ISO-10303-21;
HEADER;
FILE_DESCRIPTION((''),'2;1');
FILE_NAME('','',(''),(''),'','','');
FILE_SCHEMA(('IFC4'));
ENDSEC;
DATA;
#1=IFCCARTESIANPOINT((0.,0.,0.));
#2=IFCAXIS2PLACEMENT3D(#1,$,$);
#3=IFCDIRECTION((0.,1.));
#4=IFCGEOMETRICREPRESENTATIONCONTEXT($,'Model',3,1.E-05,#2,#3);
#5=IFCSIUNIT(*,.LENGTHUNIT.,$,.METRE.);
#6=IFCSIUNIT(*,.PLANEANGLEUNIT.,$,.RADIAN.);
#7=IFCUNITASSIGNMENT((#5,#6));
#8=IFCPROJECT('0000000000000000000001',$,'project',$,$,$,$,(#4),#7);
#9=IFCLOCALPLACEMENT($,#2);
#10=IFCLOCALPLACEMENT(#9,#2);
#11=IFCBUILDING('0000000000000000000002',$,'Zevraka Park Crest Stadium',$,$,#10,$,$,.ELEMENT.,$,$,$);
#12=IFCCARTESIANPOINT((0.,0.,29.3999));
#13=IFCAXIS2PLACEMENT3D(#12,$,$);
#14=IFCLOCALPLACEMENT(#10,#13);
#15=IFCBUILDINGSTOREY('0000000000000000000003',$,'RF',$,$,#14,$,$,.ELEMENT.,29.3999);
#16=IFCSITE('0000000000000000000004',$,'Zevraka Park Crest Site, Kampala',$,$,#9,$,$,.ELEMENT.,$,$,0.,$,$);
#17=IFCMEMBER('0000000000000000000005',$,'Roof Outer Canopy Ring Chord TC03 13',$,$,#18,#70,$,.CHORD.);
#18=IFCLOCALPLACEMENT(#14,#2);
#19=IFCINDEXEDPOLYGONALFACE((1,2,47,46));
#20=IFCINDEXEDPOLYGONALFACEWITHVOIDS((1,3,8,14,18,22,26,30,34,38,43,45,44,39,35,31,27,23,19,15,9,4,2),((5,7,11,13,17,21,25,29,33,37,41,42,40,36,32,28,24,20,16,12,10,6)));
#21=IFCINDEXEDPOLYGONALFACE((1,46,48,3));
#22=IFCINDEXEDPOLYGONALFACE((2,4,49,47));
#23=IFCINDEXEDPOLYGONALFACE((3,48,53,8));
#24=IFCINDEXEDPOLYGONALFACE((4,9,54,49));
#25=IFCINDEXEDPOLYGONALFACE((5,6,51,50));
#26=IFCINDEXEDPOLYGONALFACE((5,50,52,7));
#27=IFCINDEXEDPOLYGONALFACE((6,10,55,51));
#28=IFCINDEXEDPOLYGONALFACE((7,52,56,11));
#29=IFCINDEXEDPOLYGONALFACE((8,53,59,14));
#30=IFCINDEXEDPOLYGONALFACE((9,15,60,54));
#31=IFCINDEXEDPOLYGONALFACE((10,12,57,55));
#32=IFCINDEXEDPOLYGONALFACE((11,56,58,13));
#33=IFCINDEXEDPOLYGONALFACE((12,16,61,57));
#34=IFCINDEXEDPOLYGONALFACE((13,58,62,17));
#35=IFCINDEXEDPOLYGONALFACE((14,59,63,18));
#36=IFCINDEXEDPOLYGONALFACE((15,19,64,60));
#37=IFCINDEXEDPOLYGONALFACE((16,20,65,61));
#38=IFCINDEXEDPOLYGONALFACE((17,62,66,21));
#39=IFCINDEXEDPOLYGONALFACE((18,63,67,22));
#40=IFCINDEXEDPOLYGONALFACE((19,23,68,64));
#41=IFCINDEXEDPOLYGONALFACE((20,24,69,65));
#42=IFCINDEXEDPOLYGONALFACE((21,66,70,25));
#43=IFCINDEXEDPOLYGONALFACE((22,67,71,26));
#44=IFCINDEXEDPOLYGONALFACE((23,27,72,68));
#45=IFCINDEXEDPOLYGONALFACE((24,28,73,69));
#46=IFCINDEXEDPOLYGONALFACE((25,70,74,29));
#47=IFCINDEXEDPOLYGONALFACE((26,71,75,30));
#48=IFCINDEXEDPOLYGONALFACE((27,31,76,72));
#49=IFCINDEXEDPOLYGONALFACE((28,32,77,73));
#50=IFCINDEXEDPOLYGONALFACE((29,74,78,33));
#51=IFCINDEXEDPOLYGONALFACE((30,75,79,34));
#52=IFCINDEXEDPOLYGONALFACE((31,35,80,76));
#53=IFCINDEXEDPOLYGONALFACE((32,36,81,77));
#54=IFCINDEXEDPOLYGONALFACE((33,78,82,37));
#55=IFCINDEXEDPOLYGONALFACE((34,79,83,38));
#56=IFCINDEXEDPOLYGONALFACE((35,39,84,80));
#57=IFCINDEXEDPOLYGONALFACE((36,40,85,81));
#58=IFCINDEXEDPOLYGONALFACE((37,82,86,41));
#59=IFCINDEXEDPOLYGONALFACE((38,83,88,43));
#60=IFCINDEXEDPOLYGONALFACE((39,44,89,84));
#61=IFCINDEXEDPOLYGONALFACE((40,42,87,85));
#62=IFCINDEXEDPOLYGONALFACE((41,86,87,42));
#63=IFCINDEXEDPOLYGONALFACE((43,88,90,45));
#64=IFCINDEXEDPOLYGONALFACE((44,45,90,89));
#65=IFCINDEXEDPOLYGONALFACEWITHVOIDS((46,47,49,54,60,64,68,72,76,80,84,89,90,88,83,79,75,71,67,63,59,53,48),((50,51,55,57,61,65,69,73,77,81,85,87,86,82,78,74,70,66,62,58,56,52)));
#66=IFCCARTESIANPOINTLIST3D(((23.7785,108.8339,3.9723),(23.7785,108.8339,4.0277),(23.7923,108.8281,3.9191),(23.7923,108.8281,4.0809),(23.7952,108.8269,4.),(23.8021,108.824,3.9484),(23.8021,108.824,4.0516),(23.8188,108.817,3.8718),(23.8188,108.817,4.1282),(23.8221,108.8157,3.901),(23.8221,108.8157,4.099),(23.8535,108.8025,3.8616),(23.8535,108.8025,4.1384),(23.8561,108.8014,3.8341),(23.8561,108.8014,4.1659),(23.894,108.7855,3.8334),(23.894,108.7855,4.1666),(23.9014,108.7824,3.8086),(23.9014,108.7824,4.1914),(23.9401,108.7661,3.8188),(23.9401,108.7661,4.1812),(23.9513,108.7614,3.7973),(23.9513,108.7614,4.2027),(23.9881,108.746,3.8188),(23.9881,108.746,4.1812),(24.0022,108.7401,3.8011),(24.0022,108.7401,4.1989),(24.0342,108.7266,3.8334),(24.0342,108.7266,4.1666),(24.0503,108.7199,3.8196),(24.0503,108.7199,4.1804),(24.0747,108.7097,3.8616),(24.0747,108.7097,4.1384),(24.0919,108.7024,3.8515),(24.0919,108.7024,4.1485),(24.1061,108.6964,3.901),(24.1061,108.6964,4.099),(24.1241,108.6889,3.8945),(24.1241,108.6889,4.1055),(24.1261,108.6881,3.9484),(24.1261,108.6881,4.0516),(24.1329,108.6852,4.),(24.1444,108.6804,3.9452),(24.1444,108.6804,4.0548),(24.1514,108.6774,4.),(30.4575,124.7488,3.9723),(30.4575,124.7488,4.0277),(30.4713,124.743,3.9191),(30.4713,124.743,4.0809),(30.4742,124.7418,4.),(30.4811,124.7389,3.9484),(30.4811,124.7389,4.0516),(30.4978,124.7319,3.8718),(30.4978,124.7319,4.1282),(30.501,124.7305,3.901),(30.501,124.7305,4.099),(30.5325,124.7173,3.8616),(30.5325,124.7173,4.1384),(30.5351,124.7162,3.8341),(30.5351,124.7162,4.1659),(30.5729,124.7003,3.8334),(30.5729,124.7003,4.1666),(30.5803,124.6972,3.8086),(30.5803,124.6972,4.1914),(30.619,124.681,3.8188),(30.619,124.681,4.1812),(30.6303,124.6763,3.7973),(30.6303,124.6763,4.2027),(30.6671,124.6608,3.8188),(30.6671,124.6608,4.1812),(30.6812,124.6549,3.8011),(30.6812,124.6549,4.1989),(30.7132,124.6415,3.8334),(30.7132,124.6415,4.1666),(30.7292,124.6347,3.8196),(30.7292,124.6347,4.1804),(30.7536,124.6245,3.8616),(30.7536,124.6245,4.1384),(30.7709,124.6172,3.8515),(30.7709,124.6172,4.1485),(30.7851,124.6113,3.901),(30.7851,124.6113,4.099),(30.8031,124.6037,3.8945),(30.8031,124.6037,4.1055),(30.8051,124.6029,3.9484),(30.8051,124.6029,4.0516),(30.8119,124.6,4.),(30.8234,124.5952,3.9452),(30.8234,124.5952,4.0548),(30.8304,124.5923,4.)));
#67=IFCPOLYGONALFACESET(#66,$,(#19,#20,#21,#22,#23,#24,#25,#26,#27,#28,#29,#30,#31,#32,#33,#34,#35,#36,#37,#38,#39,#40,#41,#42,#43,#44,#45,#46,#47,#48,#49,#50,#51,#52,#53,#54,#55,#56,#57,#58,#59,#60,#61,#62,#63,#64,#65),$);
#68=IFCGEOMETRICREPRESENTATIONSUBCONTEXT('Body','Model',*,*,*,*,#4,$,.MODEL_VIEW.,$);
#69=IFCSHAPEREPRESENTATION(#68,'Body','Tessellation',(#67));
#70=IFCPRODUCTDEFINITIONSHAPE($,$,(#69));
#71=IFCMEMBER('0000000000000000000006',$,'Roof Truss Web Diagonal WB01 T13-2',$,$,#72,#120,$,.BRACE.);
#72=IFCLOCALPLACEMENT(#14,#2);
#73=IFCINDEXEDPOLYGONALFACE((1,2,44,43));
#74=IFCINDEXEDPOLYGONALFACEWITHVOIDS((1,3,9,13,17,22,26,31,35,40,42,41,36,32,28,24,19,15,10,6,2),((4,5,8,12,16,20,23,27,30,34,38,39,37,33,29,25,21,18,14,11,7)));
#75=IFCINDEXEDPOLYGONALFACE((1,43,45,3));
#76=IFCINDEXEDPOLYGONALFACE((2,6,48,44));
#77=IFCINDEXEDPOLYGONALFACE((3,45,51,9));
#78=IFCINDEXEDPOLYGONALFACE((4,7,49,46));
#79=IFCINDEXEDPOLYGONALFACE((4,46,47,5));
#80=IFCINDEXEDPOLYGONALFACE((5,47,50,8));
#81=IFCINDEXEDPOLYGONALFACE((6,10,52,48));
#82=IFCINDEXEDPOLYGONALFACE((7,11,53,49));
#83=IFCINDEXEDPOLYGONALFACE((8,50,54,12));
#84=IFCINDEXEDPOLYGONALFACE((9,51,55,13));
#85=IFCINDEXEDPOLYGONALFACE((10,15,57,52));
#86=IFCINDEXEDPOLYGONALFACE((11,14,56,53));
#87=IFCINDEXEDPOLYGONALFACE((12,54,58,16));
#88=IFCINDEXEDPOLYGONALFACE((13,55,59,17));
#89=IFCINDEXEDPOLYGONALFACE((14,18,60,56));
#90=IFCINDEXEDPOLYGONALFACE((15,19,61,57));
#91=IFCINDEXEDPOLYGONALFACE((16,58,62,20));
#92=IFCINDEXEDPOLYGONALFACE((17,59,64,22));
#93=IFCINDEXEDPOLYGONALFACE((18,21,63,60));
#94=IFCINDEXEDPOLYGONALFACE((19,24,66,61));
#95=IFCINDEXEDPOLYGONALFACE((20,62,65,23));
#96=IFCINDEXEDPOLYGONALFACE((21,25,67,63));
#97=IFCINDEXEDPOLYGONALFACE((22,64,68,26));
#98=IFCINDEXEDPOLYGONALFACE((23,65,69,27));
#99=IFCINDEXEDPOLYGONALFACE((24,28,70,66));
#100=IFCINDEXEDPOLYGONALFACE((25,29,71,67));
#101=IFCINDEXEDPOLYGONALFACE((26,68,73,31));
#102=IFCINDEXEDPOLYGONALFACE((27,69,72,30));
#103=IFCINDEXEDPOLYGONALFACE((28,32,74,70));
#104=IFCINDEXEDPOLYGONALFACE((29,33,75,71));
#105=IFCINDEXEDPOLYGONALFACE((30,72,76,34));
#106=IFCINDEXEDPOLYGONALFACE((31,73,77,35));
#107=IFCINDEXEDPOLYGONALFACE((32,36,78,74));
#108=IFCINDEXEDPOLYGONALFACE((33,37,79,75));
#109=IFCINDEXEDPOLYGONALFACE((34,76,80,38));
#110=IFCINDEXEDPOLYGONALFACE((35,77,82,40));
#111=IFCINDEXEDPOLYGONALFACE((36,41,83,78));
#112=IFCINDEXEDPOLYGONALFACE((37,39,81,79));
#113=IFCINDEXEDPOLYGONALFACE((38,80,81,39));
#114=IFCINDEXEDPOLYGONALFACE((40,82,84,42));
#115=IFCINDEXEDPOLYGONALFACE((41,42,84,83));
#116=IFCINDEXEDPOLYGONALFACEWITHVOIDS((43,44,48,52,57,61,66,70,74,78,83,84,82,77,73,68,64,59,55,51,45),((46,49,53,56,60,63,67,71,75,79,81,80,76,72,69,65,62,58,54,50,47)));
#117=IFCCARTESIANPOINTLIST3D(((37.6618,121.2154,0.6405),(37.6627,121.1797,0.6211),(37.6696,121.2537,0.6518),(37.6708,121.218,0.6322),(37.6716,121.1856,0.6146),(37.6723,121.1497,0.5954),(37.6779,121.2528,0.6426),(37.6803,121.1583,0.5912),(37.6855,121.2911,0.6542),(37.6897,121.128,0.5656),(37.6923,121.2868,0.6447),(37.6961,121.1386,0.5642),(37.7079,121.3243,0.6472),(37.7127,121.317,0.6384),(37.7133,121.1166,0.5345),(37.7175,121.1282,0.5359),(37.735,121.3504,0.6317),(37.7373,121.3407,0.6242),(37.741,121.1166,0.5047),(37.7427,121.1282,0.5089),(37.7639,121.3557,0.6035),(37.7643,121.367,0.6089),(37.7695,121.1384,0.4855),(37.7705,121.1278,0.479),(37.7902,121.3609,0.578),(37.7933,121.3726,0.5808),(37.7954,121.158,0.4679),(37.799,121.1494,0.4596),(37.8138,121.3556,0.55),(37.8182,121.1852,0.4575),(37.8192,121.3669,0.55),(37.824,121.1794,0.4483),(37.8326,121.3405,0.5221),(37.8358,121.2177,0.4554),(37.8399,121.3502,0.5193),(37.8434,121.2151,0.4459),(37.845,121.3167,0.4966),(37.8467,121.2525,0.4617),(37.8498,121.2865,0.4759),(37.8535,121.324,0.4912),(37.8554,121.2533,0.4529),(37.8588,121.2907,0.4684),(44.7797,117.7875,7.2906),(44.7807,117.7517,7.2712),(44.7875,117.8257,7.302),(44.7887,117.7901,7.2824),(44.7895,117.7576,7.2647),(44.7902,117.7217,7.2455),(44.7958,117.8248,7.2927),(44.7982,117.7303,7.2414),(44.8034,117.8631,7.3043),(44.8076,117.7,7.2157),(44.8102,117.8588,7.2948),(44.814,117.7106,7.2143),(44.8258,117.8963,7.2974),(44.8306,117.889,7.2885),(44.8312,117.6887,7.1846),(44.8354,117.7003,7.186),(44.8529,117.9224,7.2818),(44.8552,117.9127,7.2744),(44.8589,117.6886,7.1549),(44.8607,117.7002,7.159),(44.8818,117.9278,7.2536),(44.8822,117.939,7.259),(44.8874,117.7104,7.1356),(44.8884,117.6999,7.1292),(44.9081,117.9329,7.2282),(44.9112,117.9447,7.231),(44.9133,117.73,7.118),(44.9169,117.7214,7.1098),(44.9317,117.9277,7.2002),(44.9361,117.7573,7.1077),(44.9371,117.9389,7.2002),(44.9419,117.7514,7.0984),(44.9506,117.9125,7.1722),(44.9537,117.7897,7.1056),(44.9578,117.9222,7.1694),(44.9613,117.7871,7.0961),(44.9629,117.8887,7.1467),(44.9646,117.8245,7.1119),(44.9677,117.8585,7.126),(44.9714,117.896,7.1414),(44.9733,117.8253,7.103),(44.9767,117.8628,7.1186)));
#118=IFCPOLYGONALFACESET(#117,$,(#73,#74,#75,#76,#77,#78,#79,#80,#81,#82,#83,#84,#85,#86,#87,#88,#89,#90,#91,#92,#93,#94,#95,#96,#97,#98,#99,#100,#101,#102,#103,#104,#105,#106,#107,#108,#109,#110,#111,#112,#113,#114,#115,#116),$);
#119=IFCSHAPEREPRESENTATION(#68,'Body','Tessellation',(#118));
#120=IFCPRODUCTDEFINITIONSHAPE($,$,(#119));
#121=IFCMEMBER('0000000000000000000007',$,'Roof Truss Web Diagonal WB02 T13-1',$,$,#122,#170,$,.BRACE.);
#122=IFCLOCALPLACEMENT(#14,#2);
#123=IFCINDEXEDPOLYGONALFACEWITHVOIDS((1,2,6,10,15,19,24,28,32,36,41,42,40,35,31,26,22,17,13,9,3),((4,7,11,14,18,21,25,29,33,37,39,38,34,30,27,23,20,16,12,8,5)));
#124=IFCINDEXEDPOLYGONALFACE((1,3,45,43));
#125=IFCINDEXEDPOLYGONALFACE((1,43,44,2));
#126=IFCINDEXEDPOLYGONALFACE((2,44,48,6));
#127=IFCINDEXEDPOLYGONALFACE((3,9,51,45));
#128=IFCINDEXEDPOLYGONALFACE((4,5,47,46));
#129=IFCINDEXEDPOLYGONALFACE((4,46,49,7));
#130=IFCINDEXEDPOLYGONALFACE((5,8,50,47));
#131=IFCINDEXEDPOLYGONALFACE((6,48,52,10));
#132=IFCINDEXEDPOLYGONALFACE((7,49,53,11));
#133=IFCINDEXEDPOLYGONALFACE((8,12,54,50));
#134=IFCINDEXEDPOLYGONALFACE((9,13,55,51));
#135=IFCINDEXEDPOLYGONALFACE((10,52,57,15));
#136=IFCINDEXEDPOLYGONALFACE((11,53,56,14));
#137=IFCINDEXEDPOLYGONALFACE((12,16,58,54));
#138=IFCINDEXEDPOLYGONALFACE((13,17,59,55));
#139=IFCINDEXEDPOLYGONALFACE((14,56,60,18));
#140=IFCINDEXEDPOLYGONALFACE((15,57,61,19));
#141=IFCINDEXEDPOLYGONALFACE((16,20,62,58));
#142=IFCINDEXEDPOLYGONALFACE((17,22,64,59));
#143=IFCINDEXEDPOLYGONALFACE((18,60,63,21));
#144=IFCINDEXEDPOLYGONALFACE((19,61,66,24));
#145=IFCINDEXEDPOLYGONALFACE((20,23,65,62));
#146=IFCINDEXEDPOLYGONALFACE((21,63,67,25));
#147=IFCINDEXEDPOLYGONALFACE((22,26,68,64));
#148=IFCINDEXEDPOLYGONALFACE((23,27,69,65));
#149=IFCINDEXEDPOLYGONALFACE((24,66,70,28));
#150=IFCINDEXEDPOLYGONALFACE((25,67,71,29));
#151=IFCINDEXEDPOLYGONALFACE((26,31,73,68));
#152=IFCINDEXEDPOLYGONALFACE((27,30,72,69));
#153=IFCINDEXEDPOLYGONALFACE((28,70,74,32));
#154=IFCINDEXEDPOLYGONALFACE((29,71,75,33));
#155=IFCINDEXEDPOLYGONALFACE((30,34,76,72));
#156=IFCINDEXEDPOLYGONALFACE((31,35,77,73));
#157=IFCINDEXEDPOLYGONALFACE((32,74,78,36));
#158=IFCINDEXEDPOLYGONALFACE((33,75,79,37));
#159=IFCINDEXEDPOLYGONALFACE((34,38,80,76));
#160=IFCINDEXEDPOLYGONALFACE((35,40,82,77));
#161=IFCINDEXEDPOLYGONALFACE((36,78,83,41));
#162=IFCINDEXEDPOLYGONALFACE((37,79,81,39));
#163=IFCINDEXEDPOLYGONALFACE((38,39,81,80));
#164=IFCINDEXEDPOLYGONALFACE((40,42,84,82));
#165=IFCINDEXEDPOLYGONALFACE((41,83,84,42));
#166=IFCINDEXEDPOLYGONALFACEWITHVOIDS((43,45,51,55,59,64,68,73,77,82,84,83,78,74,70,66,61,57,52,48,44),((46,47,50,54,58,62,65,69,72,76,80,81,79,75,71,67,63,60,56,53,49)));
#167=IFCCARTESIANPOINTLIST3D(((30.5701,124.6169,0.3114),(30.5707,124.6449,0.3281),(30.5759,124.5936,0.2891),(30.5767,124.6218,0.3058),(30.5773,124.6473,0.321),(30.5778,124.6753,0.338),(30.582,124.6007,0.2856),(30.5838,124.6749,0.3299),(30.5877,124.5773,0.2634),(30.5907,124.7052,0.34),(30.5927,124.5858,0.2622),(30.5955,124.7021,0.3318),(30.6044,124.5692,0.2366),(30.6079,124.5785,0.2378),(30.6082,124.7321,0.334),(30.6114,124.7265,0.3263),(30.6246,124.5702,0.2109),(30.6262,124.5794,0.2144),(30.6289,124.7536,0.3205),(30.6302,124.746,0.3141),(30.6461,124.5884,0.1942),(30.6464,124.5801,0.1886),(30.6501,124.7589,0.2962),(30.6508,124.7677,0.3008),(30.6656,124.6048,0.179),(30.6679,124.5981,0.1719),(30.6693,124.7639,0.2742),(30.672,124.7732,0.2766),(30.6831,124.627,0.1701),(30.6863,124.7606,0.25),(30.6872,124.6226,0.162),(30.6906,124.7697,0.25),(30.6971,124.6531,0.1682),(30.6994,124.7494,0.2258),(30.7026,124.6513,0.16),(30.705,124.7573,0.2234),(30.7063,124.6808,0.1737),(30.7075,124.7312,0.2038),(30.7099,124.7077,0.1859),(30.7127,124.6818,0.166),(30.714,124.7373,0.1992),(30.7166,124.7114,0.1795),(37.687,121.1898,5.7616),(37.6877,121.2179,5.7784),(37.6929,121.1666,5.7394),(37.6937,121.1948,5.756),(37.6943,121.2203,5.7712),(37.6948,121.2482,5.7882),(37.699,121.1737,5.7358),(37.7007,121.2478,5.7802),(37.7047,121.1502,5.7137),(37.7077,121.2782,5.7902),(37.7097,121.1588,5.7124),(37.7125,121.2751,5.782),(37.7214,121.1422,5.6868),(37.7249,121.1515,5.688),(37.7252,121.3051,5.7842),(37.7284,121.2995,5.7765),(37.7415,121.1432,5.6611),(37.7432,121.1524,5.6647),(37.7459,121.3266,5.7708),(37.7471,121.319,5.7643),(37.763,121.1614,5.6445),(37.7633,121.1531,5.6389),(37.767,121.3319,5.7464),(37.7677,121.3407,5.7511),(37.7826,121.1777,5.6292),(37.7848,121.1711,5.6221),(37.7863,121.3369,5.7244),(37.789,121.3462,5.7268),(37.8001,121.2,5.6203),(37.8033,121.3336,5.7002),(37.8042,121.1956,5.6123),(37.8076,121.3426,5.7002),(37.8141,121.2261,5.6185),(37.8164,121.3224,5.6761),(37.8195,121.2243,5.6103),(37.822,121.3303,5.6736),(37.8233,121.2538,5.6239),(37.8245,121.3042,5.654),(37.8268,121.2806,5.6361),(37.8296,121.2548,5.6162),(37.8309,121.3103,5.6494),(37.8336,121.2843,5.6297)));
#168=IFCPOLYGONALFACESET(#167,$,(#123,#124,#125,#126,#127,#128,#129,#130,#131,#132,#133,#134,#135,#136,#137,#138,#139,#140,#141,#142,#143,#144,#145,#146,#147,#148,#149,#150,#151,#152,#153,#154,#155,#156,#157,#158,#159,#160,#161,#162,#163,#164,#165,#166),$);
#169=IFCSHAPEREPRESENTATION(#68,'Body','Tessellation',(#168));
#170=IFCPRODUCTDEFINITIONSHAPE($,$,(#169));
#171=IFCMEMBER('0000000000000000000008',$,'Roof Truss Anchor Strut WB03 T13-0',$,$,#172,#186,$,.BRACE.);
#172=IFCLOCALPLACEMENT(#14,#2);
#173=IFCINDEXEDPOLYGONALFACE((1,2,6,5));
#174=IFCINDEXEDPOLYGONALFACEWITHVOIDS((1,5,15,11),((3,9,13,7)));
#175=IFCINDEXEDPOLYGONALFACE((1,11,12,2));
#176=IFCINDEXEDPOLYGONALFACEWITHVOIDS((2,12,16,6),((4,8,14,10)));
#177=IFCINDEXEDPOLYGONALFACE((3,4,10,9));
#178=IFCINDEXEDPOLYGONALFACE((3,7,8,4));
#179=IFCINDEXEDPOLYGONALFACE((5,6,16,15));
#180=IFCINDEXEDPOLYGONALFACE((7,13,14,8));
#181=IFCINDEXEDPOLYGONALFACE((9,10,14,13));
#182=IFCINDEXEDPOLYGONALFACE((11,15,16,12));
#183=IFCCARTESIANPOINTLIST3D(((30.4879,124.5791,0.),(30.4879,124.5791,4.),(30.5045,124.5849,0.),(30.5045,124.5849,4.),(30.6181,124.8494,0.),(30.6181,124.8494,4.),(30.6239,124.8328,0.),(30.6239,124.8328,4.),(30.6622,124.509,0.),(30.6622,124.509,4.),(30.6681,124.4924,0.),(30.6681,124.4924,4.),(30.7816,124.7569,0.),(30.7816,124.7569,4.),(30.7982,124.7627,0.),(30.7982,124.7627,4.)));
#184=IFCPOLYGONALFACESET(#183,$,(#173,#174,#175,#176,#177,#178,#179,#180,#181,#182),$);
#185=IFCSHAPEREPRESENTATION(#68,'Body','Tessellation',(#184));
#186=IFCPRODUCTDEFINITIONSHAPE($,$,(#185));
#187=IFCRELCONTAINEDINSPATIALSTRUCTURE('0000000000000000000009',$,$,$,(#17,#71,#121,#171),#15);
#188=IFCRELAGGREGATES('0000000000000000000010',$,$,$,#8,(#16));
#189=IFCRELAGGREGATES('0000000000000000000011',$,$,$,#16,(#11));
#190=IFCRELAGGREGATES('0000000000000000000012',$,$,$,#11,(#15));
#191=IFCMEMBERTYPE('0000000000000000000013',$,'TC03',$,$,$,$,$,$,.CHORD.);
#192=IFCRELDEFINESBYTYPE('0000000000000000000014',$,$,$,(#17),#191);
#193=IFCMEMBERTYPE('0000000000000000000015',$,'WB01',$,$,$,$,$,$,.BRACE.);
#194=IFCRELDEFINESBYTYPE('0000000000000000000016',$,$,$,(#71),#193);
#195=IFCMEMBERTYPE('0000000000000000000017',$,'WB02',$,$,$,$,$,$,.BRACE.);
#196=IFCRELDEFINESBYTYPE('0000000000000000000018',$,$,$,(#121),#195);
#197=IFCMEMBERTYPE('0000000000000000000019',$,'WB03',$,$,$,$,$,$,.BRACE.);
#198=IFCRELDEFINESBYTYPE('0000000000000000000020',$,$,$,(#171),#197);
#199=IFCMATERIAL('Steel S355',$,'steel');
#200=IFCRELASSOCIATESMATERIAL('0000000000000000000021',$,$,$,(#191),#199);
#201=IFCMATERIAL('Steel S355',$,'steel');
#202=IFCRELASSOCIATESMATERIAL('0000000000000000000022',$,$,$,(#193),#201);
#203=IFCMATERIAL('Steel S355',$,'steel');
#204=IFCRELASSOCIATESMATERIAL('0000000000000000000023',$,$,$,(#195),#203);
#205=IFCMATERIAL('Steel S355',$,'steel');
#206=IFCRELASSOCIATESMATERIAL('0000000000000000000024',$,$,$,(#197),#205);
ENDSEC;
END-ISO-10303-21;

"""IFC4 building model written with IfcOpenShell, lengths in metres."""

from ifc_helpers import new_model, si_unit, direction, frame, origin, origin_2d, place, context, subcontext, project, spatial, hollow_rectangle, hollow_circle, extrude, material, material_profile, profile_set, type_object, element, save


model = new_model("IFC4")

# Units and contexts
model_context = context("Model", 3, precision=1e-05, world=origin(), true_north=direction((0.0, 1.0)))
body_context = subcontext(model_context, "Body", "Model", "MODEL_VIEW")
ifc_project = project(units=[si_unit("LENGTHUNIT", "METRE"), si_unit("PLANEANGLEUNIT", "RADIAN")], contexts=[model_context])

# Site, building, storey
site_placement = place(None, origin())
site = spatial("IfcSite", under=ifc_project, at=site_placement, Name="Zevraka Park Crest Site, Kampala", CompositionType="ELEMENT", RefElevation=0.0)
building_placement = place(site_placement, origin())
building = spatial("IfcBuilding", under=site, at=building_placement, Name="Zevraka Park Crest Stadium", CompositionType="ELEMENT")
storey_placement = place(building_placement, frame((0.0, 0.0, 29.3999)))
storey = spatial("IfcBuildingStorey", under=building, at=storey_placement, Name="RF", CompositionType="ELEMENT", Elevation=29.3999)

# Members
ifc_material_1 = material(Name="Steel S355", Category="steel")
ifc_material_profile_1 = material_profile(ifc_material_1, hollow_circle(Radius=0.2031, WallThickness=0.02, at=origin_2d()), Name="CHS 406.4x20")
ifc_profile_set_1 = profile_set([ifc_material_profile_1], Name="Steel S355")
member_type_1 = type_object("IfcMemberType", Name="TC03", PredefinedType="CHORD", material=ifc_profile_set_1)
member_1_placement = place(storey_placement, frame((30.6431, 124.6709, 4.0), z_axis=(-0.386973, -0.922091, 0.0), x_axis=(0.922091, -0.386973, 0.0)))
element("IfcMember", 1, at=member_1_placement, inside=storey, type_object=member_type_1, Name="Roof Outer Canopy Ring Chord TC03 13", PredefinedType="CHORD", context=body_context, shape_type="SweptSolid", body=[
    extrude(hollow_circle(Radius=0.2031, WallThickness=0.02, at=origin_2d()), origin(), (0.0, 0.0, 1.0), 17.2595),
])
ifc_material_2 = material(Name="Steel S355", Category="steel")
ifc_material_profile_2 = material_profile(ifc_material_2, hollow_circle(Radius=0.1365, WallThickness=0.0125, at=origin_2d()), Name="CHS 273.0x12.5")
ifc_profile_set_2 = profile_set([ifc_material_profile_2], Name="Steel S355")
member_type_2 = type_object("IfcMemberType", Name="WB01", PredefinedType="BRACE", material=ifc_profile_set_2)
member_2_placement = place(storey_placement, frame((37.76, 121.2439, 0.55), z_axis=(0.689275, -0.331954, 0.643977), x_axis=(0.433901, 0.900961, 0.0)))
element("IfcMember", 2, at=member_2_placement, inside=storey, type_object=member_type_2, Name="Roof Truss Web Diagonal WB01 T13-2", PredefinedType="BRACE", context=body_context, shape_type="SweptSolid", body=[
    extrude(hollow_circle(Radius=0.1365, WallThickness=0.0125, at=origin_2d()), origin(), (0.0, 0.0, 1.0), 10.3267),
])
ifc_material_3 = material(Name="Steel S355", Category="steel")
ifc_material_profile_3 = material_profile(ifc_material_3, hollow_circle(Radius=0.1096, WallThickness=0.01, at=origin_2d()), Name="CHS 219.1x10")
ifc_profile_set_3 = profile_set([ifc_material_profile_3], Name="Steel S355")
member_type_3 = type_object("IfcMemberType", Name="WB02", PredefinedType="BRACE", material=ifc_profile_set_3)
member_3_placement = place(storey_placement, frame((30.6431, 124.6709, 0.25), z_axis=(0.74159, -0.357096, 0.567914), x_axis=(0.433849, 0.900986, 0.0)))
element("IfcMember", 3, at=member_3_placement, inside=storey, type_object=member_type_3, Name="Roof Truss Web Diagonal WB02 T13-1", PredefinedType="BRACE", context=body_context, shape_type="SweptSolid", body=[
    extrude(hollow_circle(Radius=0.1096, WallThickness=0.01, at=origin_2d()), origin(), (0.0, 0.0, 1.0), 9.5969),
])
ifc_material_4 = material(Name="Steel S355", Category="steel")
ifc_material_profile_4 = material_profile(ifc_material_4, hollow_rectangle(XDim=0.2, YDim=0.3, WallThickness=0.0125, at=origin_2d()), Name="RHS 300x200x12.5")
ifc_profile_set_4 = profile_set([ifc_material_profile_4], Name="Steel S355")
member_type_4 = type_object("IfcMemberType", Name="WB03", PredefinedType="BRACE", material=ifc_profile_set_4)
member_4_placement = place(storey_placement, frame((30.6431, 124.6709, 0.0), z_axis=(0.0, 0.0, 1.0), x_axis=(-0.901001, 0.433816, 0.0)))
element("IfcMember", 4, at=member_4_placement, inside=storey, type_object=member_type_4, Name="Roof Truss Anchor Strut WB03 T13-0", PredefinedType="BRACE", context=body_context, shape_type="SweptSolid", body=[
    extrude(hollow_rectangle(XDim=0.2, YDim=0.3, WallThickness=0.0125, at=origin_2d()), origin(), (0.0, 0.0, 1.0), 4.0),
])

save(model, "model.ifc")
